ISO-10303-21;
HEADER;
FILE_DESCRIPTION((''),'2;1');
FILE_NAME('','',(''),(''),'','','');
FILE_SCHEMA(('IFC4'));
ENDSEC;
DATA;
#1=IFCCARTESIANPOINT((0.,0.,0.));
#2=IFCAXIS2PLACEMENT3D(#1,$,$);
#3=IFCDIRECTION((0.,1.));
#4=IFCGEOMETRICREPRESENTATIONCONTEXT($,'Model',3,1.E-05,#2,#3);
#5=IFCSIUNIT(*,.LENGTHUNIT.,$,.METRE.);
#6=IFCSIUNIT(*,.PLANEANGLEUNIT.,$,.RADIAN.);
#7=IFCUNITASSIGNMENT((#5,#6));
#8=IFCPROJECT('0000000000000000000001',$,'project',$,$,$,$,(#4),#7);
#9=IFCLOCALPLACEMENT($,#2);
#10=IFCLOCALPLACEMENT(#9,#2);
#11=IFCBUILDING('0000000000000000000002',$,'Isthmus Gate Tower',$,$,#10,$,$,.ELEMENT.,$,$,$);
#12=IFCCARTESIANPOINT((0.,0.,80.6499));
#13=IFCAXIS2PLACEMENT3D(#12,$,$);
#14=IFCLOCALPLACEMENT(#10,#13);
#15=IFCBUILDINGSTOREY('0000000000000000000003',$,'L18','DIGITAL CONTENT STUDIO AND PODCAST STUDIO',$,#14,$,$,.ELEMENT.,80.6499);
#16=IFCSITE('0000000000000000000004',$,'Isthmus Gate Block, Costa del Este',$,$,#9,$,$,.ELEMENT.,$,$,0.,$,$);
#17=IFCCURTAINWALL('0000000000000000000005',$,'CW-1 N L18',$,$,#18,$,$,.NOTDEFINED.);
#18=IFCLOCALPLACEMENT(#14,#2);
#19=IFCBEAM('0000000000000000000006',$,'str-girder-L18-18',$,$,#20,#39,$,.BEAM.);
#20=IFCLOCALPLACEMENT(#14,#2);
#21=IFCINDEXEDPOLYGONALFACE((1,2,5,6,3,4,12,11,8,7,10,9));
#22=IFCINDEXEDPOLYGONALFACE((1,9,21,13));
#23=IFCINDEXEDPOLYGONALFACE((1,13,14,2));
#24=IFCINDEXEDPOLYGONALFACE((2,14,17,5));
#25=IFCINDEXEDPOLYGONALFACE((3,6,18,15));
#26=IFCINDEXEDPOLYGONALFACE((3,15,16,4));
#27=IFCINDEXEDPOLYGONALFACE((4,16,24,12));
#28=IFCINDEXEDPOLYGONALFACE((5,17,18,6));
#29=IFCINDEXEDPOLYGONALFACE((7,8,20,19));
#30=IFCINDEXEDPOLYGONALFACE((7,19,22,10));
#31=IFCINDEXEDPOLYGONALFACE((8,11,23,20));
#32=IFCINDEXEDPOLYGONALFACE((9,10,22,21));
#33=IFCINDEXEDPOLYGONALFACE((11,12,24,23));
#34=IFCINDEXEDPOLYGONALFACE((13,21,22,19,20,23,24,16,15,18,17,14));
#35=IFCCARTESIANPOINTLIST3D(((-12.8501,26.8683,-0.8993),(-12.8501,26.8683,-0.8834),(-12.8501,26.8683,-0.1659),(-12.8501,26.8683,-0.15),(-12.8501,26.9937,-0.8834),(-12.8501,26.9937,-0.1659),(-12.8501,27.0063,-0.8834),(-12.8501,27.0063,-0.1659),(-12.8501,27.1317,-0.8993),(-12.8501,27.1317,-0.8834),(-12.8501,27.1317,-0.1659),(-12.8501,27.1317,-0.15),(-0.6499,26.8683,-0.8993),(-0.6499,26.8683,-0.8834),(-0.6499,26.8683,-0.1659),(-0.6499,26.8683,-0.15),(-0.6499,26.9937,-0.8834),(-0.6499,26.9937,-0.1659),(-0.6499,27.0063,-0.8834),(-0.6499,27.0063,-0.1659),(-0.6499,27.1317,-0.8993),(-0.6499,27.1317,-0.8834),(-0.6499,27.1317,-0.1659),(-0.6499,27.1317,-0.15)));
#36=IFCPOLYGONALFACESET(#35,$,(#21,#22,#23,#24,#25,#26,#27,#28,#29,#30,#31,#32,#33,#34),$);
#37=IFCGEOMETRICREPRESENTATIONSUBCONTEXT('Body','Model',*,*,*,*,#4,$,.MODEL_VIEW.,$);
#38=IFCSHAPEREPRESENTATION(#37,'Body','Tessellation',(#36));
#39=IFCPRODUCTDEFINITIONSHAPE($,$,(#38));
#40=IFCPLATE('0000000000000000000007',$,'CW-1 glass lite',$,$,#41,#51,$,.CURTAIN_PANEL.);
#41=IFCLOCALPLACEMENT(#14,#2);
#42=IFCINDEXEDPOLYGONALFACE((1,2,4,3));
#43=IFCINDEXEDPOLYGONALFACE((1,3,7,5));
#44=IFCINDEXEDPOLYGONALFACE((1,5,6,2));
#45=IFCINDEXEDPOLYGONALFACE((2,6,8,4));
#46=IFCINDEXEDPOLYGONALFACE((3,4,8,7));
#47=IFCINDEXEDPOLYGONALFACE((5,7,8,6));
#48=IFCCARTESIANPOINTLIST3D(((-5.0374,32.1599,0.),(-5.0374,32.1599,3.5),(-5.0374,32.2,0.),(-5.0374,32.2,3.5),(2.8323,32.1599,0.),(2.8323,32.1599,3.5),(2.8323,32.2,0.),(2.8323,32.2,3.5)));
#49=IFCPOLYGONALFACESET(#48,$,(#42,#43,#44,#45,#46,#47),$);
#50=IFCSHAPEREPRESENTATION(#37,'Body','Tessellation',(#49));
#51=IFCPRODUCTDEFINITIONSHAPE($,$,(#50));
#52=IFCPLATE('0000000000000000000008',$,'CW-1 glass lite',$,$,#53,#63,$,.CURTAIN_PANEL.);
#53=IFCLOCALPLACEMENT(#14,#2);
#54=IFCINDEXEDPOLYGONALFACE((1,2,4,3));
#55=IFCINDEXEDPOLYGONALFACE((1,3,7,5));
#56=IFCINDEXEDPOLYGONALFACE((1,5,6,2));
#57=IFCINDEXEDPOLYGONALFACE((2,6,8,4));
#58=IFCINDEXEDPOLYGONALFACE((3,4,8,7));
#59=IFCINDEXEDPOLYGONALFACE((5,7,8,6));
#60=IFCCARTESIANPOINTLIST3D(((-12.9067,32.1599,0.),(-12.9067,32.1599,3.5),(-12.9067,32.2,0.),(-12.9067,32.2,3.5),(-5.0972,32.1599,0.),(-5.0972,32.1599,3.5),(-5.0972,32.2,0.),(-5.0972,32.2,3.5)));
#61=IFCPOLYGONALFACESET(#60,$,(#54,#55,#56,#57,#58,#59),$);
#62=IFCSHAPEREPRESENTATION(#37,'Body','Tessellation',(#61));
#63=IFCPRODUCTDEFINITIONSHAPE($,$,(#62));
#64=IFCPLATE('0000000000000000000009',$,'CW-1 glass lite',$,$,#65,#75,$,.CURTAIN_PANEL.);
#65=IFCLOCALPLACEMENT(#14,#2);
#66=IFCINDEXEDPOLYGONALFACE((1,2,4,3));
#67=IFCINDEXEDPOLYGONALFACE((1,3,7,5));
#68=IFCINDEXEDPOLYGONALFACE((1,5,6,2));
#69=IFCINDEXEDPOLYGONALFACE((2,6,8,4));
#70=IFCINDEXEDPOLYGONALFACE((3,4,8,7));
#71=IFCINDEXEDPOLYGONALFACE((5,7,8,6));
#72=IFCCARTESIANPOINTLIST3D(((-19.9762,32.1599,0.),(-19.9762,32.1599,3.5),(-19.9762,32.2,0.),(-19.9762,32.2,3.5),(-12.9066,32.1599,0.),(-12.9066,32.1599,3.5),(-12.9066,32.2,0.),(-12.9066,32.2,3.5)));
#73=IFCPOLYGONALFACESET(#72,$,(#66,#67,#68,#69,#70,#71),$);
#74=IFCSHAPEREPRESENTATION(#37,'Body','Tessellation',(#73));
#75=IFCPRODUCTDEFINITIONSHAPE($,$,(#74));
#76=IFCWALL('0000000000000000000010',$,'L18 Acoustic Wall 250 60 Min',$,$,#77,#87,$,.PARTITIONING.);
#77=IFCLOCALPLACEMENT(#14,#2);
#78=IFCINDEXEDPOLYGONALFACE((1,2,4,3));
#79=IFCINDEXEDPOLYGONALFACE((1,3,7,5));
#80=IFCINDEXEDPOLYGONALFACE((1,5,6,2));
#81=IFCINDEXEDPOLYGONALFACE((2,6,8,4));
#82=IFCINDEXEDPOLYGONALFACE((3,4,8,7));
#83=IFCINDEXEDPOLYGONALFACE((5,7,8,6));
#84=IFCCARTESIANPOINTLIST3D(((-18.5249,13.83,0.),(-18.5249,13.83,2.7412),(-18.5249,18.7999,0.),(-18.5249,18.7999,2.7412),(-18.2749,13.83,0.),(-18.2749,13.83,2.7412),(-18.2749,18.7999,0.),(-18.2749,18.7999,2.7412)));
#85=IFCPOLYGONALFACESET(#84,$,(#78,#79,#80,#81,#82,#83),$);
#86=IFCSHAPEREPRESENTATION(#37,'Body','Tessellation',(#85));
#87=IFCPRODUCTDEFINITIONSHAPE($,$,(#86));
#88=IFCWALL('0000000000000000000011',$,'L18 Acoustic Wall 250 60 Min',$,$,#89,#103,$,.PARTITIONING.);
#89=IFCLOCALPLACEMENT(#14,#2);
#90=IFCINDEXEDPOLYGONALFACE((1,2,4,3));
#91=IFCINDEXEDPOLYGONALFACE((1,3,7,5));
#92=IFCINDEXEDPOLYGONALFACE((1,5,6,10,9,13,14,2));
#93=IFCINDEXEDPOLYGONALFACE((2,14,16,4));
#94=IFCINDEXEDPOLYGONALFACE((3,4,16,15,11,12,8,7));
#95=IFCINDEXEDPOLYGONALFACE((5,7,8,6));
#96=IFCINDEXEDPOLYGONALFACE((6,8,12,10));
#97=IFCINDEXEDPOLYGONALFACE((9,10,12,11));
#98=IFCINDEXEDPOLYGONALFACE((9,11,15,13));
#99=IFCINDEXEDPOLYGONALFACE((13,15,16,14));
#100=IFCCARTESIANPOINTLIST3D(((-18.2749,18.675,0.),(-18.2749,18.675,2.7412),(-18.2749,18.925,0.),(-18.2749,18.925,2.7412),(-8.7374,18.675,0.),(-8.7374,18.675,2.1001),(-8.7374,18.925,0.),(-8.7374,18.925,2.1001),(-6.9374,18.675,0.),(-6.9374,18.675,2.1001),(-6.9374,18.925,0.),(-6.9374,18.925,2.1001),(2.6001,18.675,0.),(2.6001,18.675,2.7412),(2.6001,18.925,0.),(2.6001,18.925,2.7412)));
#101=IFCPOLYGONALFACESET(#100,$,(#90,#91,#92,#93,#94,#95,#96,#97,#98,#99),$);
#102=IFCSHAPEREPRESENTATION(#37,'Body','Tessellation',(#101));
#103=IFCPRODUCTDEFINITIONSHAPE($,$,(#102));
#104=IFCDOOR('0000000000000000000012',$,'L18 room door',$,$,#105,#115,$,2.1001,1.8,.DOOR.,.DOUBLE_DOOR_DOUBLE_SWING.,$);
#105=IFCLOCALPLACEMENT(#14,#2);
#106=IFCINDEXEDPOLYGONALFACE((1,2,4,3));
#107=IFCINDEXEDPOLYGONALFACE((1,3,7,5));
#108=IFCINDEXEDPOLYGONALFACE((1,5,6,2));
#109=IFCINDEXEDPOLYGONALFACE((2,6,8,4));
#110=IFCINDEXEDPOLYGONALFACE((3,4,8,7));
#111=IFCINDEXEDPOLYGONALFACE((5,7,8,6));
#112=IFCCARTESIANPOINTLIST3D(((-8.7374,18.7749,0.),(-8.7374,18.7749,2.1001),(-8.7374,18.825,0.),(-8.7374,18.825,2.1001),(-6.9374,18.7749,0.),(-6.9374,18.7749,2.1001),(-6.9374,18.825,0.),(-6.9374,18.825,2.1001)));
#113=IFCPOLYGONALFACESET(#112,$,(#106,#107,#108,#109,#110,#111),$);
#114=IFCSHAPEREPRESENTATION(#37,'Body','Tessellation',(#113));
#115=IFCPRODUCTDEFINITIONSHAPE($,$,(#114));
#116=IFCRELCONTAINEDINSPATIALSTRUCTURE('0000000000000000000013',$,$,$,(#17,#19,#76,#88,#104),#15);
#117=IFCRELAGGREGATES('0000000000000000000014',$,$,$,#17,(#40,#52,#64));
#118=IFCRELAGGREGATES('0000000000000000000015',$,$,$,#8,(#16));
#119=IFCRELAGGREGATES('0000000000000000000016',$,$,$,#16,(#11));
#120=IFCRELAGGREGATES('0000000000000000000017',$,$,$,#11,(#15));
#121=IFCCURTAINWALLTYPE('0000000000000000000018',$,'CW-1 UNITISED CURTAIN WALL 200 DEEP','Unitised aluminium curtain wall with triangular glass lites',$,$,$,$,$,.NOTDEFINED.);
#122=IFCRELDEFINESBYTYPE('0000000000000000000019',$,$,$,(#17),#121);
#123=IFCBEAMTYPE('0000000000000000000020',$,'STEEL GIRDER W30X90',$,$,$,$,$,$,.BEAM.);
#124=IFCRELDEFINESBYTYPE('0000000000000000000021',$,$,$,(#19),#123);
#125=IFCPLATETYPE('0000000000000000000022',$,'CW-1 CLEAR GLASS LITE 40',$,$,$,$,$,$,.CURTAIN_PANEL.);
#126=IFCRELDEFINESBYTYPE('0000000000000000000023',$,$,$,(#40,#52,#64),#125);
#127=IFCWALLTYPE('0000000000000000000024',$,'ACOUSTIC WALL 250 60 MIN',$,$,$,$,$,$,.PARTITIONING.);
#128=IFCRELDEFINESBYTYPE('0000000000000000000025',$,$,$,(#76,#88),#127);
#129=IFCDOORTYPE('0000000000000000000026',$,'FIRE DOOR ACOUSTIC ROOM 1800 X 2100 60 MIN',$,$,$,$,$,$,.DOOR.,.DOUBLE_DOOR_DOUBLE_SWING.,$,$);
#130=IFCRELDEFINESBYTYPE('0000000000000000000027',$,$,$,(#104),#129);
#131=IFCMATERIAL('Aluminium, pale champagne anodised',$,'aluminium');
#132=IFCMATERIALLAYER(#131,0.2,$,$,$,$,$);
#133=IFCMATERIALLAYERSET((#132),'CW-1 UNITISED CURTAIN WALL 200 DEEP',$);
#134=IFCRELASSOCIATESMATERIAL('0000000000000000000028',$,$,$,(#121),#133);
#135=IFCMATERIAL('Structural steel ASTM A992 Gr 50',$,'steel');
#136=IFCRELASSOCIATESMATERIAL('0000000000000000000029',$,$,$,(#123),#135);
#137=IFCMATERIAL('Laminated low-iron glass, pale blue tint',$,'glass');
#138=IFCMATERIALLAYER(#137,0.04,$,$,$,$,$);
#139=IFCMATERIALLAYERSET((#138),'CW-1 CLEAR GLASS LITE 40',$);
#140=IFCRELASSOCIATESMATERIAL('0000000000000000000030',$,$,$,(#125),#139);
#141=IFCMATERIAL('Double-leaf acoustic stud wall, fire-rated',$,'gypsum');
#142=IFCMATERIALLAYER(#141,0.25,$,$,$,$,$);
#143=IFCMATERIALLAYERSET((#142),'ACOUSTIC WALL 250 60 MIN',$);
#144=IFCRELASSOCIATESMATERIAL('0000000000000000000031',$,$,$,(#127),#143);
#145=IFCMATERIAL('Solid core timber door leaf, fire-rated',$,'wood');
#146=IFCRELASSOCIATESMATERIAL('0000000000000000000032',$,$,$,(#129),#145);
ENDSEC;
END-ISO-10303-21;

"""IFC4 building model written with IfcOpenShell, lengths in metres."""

from ifc_helpers import new_model, si_unit, direction, frame, frame_2d, origin, origin_2d, place, context, subcontext, project, spatial, rectangle, i_section, extrude, material, layer, layer_set, material_profile, profile_set, type_object, element, fill, aggregate, save


model = new_model("IFC4")

# Units and contexts
model_context = context("Model", 3, precision=1e-05, world=origin(), true_north=direction((0.0, 1.0)))
body_context = subcontext(model_context, "Body", "Model", "MODEL_VIEW")
ifc_project = project(units=[si_unit("LENGTHUNIT", "METRE"), si_unit("PLANEANGLEUNIT", "RADIAN")], contexts=[model_context])

# Site, building, storey
site_placement = place(None, origin())
site = spatial("IfcSite", under=ifc_project, at=site_placement, Name="Isthmus Gate Block, Costa del Este", CompositionType="ELEMENT", RefElevation=0.0)
building_placement = place(site_placement, origin())
building = spatial("IfcBuilding", under=site, at=building_placement, Name="Isthmus Gate Tower", CompositionType="ELEMENT")
storey_placement = place(building_placement, frame((0.0, 0.0, 80.6499)))
storey = spatial("IfcBuildingStorey", under=building, at=storey_placement, Name="L18", Description="DIGITAL CONTENT STUDIO AND PODCAST STUDIO", CompositionType="ELEMENT", Elevation=80.6499)

# Curtain wall
ifc_material_1 = material(Name="Aluminium, pale champagne anodised", Category="aluminium")
ifc_layer_1 = layer(ifc_material_1, 0.2)
ifc_layer_set_1 = layer_set([ifc_layer_1], Name="CW-1 UNITISED CURTAIN WALL 200 DEEP")
curtain_wall_type = type_object("IfcCurtainWallType", Name="CW-1 UNITISED CURTAIN WALL 200 DEEP", Description="Unitised aluminium curtain wall with triangular glass lites", PredefinedType="NOTDEFINED", material=ifc_layer_set_1)
curtain_wall_placement = place(storey_placement, origin())
curtain_wall = element("IfcCurtainWall", 1, at=curtain_wall_placement, inside=storey, type_object=curtain_wall_type, Name="CW-1 N L18", PredefinedType="NOTDEFINED")

# Beam
ifc_material_2 = material(Name="Structural steel ASTM A992 Gr 50", Category="steel")
ifc_material_profile_1 = material_profile(ifc_material_2, i_section(OverallWidth=0.2634, OverallDepth=0.7493, WebThickness=0.0127, FlangeThickness=0.0159, at=origin_2d()), Name="W30X90")
ifc_profile_set_1 = profile_set([ifc_material_profile_1], Name="Structural steel ASTM A992 Gr 50")
beam_type_1 = type_object("IfcBeamType", Name="STEEL GIRDER W30X90", PredefinedType="BEAM", material=ifc_profile_set_1)
beam_1_placement = place(storey_placement, frame((-12.8501, 27.0, -0.5247), z_axis=(1.0, 0.0, 0.0), x_axis=(0.0, 1.0, 0.0)))
element("IfcBeam", 2, at=beam_1_placement, inside=storey, type_object=beam_type_1, Name="str-girder-L18-18", PredefinedType="BEAM", context=body_context, shape_type="SweptSolid", body=[
    extrude(i_section(OverallWidth=0.2634, OverallDepth=0.7493, WebThickness=0.0127, FlangeThickness=0.0159, at=origin_2d()), origin(), (0.0, 0.0, 1.0), 12.2002),
])

# Plates
ifc_material_3 = material(Name="Laminated low-iron glass, pale blue tint", Category="glass")
ifc_layer_2 = layer(ifc_material_3, 0.04)
ifc_layer_set_2 = layer_set([ifc_layer_2], Name="CW-1 CLEAR GLASS LITE 40")
plate_type = type_object("IfcPlateType", Name="CW-1 CLEAR GLASS LITE 40", PredefinedType="CURTAIN_PANEL", material=ifc_layer_set_2)
plate_1_placement = place(storey_placement, frame((-1.1025, 32.1799, 0.0), z_axis=(0.0, 0.0, 1.0), x_axis=(-1.0, 0.0, 0.0)))
plate_1 = element("IfcPlate", 3, at=plate_1_placement, type_object=plate_type, Name="CW-1 glass lite", PredefinedType="CURTAIN_PANEL", context=body_context, shape_type="SweptSolid", body=[
    extrude(rectangle(XDim=7.8696, YDim=0.04, at=origin_2d()), origin(), (0.0, 0.0, 1.0), 3.5),
])
plate_2_placement = place(storey_placement, frame((-9.002, 32.1799, 0.0), z_axis=(0.0, 0.0, 1.0), x_axis=(-1.0, 0.0, 0.0)))
plate_2 = element("IfcPlate", 4, at=plate_2_placement, type_object=plate_type, Name="CW-1 glass lite", PredefinedType="CURTAIN_PANEL", context=body_context, shape_type="SweptSolid", body=[
    extrude(rectangle(XDim=7.8096, YDim=0.04, at=origin_2d()), origin(), (0.0, 0.0, 1.0), 3.5),
])
plate_3_placement = place(storey_placement, frame((-16.4414, 32.1799, 0.0), z_axis=(0.0, 0.0, 1.0), x_axis=(-1.0, 0.0, 0.0)))
plate_3 = element("IfcPlate", 5, at=plate_3_placement, type_object=plate_type, Name="CW-1 glass lite", PredefinedType="CURTAIN_PANEL", context=body_context, shape_type="SweptSolid", body=[
    extrude(rectangle(XDim=7.0696, YDim=0.04, at=origin_2d()), origin(), (0.0, 0.0, 1.0), 3.5),
])
aggregate(curtain_wall, [plate_1, plate_2, plate_3])

# Wall
ifc_material_4 = material(Name="Double-leaf acoustic stud wall, fire-rated", Category="gypsum")
ifc_layer_3 = layer(ifc_material_4, 0.25)
ifc_layer_set_3 = layer_set([ifc_layer_3], Name="ACOUSTIC WALL 250 60 MIN")
wall_type_1 = type_object("IfcWallType", Name="ACOUSTIC WALL 250 60 MIN", PredefinedType="PARTITIONING", material=ifc_layer_set_3)
wall_1_placement = place(storey_placement, frame((-18.3999, 13.8301, 0.0), z_axis=(0.0, 0.0, 1.0), x_axis=(0.0, 1.0, 0.0)))
element("IfcWall", 6, at=wall_1_placement, inside=storey, type_object=wall_type_1, Name="L18 Acoustic Wall 250 60 Min", PredefinedType="PARTITIONING", context=body_context, shape_type="SweptSolid", body=[
    extrude(rectangle(XDim=4.97, YDim=0.25, at=frame_2d((2.4849, 0.0))), origin(), (0.0, 0.0, 1.0), 2.7412),
])

# Wall, opening, door
wall_2_placement = place(storey_placement, frame((-18.2749, 18.8, 0.0), z_axis=(0.0, 0.0, 1.0), x_axis=(1.0, 0.0, 0.0)))
wall_2 = element("IfcWall", 7, at=wall_2_placement, inside=storey, type_object=wall_type_1, Name="L18 Acoustic Wall 250 60 Min", PredefinedType="PARTITIONING", context=body_context, shape_type="SweptSolid", body=[
    extrude(rectangle(XDim=20.875, YDim=0.25, at=frame_2d((10.4375, 0.0))), origin(), (0.0, 0.0, 1.0), 2.7412),
])
opening_1_placement = place(wall_2_placement, frame((9.5376, 0.0, 0.0)))
opening_1 = element("IfcOpeningElement", 8, at=opening_1_placement, cuts=wall_2, PredefinedType="OPENING", context=body_context, shape_type="SweptSolid", body=[
    extrude(rectangle(XDim=1.8, YDim=2.1001, at=frame_2d((0.8999, 1.05))), frame((0.0, 0.135, 0.0), z_axis=(0.0, -1.0, 0.0), x_axis=(1.0, 0.0, 0.0)), (0.0, 0.0, 1.0), 0.27),
])
ifc_material_5 = material(Name="Solid core timber door leaf, fire-rated", Category="wood")
door_type_1 = type_object("IfcDoorType", Name="FIRE DOOR ACOUSTIC ROOM 1800 X 2100 60 MIN", OperationType="DOUBLE_DOOR_DOUBLE_SWING", PredefinedType="DOOR", material=ifc_material_5)
door_1_placement = place(opening_1_placement, origin())
door_1 = element("IfcDoor", 9, at=door_1_placement, inside=storey, type_object=door_type_1, Name="L18 room door", OperationType="DOUBLE_DOOR_DOUBLE_SWING", OverallHeight=2.1001, OverallWidth=1.8, PredefinedType="DOOR", context=body_context, shape_type="SweptSolid", body=[
    extrude(rectangle(XDim=1.8, YDim=2.1001, at=frame_2d((0.8999, 1.05))), frame((0.0, 0.0249, 0.0), z_axis=(0.0, -1.0, 0.0), x_axis=(1.0, 0.0, 0.0)), (0.0, 0.0, 1.0), 0.05),
])
fill(opening_1, door_1)

save(model, "model.ifc")
